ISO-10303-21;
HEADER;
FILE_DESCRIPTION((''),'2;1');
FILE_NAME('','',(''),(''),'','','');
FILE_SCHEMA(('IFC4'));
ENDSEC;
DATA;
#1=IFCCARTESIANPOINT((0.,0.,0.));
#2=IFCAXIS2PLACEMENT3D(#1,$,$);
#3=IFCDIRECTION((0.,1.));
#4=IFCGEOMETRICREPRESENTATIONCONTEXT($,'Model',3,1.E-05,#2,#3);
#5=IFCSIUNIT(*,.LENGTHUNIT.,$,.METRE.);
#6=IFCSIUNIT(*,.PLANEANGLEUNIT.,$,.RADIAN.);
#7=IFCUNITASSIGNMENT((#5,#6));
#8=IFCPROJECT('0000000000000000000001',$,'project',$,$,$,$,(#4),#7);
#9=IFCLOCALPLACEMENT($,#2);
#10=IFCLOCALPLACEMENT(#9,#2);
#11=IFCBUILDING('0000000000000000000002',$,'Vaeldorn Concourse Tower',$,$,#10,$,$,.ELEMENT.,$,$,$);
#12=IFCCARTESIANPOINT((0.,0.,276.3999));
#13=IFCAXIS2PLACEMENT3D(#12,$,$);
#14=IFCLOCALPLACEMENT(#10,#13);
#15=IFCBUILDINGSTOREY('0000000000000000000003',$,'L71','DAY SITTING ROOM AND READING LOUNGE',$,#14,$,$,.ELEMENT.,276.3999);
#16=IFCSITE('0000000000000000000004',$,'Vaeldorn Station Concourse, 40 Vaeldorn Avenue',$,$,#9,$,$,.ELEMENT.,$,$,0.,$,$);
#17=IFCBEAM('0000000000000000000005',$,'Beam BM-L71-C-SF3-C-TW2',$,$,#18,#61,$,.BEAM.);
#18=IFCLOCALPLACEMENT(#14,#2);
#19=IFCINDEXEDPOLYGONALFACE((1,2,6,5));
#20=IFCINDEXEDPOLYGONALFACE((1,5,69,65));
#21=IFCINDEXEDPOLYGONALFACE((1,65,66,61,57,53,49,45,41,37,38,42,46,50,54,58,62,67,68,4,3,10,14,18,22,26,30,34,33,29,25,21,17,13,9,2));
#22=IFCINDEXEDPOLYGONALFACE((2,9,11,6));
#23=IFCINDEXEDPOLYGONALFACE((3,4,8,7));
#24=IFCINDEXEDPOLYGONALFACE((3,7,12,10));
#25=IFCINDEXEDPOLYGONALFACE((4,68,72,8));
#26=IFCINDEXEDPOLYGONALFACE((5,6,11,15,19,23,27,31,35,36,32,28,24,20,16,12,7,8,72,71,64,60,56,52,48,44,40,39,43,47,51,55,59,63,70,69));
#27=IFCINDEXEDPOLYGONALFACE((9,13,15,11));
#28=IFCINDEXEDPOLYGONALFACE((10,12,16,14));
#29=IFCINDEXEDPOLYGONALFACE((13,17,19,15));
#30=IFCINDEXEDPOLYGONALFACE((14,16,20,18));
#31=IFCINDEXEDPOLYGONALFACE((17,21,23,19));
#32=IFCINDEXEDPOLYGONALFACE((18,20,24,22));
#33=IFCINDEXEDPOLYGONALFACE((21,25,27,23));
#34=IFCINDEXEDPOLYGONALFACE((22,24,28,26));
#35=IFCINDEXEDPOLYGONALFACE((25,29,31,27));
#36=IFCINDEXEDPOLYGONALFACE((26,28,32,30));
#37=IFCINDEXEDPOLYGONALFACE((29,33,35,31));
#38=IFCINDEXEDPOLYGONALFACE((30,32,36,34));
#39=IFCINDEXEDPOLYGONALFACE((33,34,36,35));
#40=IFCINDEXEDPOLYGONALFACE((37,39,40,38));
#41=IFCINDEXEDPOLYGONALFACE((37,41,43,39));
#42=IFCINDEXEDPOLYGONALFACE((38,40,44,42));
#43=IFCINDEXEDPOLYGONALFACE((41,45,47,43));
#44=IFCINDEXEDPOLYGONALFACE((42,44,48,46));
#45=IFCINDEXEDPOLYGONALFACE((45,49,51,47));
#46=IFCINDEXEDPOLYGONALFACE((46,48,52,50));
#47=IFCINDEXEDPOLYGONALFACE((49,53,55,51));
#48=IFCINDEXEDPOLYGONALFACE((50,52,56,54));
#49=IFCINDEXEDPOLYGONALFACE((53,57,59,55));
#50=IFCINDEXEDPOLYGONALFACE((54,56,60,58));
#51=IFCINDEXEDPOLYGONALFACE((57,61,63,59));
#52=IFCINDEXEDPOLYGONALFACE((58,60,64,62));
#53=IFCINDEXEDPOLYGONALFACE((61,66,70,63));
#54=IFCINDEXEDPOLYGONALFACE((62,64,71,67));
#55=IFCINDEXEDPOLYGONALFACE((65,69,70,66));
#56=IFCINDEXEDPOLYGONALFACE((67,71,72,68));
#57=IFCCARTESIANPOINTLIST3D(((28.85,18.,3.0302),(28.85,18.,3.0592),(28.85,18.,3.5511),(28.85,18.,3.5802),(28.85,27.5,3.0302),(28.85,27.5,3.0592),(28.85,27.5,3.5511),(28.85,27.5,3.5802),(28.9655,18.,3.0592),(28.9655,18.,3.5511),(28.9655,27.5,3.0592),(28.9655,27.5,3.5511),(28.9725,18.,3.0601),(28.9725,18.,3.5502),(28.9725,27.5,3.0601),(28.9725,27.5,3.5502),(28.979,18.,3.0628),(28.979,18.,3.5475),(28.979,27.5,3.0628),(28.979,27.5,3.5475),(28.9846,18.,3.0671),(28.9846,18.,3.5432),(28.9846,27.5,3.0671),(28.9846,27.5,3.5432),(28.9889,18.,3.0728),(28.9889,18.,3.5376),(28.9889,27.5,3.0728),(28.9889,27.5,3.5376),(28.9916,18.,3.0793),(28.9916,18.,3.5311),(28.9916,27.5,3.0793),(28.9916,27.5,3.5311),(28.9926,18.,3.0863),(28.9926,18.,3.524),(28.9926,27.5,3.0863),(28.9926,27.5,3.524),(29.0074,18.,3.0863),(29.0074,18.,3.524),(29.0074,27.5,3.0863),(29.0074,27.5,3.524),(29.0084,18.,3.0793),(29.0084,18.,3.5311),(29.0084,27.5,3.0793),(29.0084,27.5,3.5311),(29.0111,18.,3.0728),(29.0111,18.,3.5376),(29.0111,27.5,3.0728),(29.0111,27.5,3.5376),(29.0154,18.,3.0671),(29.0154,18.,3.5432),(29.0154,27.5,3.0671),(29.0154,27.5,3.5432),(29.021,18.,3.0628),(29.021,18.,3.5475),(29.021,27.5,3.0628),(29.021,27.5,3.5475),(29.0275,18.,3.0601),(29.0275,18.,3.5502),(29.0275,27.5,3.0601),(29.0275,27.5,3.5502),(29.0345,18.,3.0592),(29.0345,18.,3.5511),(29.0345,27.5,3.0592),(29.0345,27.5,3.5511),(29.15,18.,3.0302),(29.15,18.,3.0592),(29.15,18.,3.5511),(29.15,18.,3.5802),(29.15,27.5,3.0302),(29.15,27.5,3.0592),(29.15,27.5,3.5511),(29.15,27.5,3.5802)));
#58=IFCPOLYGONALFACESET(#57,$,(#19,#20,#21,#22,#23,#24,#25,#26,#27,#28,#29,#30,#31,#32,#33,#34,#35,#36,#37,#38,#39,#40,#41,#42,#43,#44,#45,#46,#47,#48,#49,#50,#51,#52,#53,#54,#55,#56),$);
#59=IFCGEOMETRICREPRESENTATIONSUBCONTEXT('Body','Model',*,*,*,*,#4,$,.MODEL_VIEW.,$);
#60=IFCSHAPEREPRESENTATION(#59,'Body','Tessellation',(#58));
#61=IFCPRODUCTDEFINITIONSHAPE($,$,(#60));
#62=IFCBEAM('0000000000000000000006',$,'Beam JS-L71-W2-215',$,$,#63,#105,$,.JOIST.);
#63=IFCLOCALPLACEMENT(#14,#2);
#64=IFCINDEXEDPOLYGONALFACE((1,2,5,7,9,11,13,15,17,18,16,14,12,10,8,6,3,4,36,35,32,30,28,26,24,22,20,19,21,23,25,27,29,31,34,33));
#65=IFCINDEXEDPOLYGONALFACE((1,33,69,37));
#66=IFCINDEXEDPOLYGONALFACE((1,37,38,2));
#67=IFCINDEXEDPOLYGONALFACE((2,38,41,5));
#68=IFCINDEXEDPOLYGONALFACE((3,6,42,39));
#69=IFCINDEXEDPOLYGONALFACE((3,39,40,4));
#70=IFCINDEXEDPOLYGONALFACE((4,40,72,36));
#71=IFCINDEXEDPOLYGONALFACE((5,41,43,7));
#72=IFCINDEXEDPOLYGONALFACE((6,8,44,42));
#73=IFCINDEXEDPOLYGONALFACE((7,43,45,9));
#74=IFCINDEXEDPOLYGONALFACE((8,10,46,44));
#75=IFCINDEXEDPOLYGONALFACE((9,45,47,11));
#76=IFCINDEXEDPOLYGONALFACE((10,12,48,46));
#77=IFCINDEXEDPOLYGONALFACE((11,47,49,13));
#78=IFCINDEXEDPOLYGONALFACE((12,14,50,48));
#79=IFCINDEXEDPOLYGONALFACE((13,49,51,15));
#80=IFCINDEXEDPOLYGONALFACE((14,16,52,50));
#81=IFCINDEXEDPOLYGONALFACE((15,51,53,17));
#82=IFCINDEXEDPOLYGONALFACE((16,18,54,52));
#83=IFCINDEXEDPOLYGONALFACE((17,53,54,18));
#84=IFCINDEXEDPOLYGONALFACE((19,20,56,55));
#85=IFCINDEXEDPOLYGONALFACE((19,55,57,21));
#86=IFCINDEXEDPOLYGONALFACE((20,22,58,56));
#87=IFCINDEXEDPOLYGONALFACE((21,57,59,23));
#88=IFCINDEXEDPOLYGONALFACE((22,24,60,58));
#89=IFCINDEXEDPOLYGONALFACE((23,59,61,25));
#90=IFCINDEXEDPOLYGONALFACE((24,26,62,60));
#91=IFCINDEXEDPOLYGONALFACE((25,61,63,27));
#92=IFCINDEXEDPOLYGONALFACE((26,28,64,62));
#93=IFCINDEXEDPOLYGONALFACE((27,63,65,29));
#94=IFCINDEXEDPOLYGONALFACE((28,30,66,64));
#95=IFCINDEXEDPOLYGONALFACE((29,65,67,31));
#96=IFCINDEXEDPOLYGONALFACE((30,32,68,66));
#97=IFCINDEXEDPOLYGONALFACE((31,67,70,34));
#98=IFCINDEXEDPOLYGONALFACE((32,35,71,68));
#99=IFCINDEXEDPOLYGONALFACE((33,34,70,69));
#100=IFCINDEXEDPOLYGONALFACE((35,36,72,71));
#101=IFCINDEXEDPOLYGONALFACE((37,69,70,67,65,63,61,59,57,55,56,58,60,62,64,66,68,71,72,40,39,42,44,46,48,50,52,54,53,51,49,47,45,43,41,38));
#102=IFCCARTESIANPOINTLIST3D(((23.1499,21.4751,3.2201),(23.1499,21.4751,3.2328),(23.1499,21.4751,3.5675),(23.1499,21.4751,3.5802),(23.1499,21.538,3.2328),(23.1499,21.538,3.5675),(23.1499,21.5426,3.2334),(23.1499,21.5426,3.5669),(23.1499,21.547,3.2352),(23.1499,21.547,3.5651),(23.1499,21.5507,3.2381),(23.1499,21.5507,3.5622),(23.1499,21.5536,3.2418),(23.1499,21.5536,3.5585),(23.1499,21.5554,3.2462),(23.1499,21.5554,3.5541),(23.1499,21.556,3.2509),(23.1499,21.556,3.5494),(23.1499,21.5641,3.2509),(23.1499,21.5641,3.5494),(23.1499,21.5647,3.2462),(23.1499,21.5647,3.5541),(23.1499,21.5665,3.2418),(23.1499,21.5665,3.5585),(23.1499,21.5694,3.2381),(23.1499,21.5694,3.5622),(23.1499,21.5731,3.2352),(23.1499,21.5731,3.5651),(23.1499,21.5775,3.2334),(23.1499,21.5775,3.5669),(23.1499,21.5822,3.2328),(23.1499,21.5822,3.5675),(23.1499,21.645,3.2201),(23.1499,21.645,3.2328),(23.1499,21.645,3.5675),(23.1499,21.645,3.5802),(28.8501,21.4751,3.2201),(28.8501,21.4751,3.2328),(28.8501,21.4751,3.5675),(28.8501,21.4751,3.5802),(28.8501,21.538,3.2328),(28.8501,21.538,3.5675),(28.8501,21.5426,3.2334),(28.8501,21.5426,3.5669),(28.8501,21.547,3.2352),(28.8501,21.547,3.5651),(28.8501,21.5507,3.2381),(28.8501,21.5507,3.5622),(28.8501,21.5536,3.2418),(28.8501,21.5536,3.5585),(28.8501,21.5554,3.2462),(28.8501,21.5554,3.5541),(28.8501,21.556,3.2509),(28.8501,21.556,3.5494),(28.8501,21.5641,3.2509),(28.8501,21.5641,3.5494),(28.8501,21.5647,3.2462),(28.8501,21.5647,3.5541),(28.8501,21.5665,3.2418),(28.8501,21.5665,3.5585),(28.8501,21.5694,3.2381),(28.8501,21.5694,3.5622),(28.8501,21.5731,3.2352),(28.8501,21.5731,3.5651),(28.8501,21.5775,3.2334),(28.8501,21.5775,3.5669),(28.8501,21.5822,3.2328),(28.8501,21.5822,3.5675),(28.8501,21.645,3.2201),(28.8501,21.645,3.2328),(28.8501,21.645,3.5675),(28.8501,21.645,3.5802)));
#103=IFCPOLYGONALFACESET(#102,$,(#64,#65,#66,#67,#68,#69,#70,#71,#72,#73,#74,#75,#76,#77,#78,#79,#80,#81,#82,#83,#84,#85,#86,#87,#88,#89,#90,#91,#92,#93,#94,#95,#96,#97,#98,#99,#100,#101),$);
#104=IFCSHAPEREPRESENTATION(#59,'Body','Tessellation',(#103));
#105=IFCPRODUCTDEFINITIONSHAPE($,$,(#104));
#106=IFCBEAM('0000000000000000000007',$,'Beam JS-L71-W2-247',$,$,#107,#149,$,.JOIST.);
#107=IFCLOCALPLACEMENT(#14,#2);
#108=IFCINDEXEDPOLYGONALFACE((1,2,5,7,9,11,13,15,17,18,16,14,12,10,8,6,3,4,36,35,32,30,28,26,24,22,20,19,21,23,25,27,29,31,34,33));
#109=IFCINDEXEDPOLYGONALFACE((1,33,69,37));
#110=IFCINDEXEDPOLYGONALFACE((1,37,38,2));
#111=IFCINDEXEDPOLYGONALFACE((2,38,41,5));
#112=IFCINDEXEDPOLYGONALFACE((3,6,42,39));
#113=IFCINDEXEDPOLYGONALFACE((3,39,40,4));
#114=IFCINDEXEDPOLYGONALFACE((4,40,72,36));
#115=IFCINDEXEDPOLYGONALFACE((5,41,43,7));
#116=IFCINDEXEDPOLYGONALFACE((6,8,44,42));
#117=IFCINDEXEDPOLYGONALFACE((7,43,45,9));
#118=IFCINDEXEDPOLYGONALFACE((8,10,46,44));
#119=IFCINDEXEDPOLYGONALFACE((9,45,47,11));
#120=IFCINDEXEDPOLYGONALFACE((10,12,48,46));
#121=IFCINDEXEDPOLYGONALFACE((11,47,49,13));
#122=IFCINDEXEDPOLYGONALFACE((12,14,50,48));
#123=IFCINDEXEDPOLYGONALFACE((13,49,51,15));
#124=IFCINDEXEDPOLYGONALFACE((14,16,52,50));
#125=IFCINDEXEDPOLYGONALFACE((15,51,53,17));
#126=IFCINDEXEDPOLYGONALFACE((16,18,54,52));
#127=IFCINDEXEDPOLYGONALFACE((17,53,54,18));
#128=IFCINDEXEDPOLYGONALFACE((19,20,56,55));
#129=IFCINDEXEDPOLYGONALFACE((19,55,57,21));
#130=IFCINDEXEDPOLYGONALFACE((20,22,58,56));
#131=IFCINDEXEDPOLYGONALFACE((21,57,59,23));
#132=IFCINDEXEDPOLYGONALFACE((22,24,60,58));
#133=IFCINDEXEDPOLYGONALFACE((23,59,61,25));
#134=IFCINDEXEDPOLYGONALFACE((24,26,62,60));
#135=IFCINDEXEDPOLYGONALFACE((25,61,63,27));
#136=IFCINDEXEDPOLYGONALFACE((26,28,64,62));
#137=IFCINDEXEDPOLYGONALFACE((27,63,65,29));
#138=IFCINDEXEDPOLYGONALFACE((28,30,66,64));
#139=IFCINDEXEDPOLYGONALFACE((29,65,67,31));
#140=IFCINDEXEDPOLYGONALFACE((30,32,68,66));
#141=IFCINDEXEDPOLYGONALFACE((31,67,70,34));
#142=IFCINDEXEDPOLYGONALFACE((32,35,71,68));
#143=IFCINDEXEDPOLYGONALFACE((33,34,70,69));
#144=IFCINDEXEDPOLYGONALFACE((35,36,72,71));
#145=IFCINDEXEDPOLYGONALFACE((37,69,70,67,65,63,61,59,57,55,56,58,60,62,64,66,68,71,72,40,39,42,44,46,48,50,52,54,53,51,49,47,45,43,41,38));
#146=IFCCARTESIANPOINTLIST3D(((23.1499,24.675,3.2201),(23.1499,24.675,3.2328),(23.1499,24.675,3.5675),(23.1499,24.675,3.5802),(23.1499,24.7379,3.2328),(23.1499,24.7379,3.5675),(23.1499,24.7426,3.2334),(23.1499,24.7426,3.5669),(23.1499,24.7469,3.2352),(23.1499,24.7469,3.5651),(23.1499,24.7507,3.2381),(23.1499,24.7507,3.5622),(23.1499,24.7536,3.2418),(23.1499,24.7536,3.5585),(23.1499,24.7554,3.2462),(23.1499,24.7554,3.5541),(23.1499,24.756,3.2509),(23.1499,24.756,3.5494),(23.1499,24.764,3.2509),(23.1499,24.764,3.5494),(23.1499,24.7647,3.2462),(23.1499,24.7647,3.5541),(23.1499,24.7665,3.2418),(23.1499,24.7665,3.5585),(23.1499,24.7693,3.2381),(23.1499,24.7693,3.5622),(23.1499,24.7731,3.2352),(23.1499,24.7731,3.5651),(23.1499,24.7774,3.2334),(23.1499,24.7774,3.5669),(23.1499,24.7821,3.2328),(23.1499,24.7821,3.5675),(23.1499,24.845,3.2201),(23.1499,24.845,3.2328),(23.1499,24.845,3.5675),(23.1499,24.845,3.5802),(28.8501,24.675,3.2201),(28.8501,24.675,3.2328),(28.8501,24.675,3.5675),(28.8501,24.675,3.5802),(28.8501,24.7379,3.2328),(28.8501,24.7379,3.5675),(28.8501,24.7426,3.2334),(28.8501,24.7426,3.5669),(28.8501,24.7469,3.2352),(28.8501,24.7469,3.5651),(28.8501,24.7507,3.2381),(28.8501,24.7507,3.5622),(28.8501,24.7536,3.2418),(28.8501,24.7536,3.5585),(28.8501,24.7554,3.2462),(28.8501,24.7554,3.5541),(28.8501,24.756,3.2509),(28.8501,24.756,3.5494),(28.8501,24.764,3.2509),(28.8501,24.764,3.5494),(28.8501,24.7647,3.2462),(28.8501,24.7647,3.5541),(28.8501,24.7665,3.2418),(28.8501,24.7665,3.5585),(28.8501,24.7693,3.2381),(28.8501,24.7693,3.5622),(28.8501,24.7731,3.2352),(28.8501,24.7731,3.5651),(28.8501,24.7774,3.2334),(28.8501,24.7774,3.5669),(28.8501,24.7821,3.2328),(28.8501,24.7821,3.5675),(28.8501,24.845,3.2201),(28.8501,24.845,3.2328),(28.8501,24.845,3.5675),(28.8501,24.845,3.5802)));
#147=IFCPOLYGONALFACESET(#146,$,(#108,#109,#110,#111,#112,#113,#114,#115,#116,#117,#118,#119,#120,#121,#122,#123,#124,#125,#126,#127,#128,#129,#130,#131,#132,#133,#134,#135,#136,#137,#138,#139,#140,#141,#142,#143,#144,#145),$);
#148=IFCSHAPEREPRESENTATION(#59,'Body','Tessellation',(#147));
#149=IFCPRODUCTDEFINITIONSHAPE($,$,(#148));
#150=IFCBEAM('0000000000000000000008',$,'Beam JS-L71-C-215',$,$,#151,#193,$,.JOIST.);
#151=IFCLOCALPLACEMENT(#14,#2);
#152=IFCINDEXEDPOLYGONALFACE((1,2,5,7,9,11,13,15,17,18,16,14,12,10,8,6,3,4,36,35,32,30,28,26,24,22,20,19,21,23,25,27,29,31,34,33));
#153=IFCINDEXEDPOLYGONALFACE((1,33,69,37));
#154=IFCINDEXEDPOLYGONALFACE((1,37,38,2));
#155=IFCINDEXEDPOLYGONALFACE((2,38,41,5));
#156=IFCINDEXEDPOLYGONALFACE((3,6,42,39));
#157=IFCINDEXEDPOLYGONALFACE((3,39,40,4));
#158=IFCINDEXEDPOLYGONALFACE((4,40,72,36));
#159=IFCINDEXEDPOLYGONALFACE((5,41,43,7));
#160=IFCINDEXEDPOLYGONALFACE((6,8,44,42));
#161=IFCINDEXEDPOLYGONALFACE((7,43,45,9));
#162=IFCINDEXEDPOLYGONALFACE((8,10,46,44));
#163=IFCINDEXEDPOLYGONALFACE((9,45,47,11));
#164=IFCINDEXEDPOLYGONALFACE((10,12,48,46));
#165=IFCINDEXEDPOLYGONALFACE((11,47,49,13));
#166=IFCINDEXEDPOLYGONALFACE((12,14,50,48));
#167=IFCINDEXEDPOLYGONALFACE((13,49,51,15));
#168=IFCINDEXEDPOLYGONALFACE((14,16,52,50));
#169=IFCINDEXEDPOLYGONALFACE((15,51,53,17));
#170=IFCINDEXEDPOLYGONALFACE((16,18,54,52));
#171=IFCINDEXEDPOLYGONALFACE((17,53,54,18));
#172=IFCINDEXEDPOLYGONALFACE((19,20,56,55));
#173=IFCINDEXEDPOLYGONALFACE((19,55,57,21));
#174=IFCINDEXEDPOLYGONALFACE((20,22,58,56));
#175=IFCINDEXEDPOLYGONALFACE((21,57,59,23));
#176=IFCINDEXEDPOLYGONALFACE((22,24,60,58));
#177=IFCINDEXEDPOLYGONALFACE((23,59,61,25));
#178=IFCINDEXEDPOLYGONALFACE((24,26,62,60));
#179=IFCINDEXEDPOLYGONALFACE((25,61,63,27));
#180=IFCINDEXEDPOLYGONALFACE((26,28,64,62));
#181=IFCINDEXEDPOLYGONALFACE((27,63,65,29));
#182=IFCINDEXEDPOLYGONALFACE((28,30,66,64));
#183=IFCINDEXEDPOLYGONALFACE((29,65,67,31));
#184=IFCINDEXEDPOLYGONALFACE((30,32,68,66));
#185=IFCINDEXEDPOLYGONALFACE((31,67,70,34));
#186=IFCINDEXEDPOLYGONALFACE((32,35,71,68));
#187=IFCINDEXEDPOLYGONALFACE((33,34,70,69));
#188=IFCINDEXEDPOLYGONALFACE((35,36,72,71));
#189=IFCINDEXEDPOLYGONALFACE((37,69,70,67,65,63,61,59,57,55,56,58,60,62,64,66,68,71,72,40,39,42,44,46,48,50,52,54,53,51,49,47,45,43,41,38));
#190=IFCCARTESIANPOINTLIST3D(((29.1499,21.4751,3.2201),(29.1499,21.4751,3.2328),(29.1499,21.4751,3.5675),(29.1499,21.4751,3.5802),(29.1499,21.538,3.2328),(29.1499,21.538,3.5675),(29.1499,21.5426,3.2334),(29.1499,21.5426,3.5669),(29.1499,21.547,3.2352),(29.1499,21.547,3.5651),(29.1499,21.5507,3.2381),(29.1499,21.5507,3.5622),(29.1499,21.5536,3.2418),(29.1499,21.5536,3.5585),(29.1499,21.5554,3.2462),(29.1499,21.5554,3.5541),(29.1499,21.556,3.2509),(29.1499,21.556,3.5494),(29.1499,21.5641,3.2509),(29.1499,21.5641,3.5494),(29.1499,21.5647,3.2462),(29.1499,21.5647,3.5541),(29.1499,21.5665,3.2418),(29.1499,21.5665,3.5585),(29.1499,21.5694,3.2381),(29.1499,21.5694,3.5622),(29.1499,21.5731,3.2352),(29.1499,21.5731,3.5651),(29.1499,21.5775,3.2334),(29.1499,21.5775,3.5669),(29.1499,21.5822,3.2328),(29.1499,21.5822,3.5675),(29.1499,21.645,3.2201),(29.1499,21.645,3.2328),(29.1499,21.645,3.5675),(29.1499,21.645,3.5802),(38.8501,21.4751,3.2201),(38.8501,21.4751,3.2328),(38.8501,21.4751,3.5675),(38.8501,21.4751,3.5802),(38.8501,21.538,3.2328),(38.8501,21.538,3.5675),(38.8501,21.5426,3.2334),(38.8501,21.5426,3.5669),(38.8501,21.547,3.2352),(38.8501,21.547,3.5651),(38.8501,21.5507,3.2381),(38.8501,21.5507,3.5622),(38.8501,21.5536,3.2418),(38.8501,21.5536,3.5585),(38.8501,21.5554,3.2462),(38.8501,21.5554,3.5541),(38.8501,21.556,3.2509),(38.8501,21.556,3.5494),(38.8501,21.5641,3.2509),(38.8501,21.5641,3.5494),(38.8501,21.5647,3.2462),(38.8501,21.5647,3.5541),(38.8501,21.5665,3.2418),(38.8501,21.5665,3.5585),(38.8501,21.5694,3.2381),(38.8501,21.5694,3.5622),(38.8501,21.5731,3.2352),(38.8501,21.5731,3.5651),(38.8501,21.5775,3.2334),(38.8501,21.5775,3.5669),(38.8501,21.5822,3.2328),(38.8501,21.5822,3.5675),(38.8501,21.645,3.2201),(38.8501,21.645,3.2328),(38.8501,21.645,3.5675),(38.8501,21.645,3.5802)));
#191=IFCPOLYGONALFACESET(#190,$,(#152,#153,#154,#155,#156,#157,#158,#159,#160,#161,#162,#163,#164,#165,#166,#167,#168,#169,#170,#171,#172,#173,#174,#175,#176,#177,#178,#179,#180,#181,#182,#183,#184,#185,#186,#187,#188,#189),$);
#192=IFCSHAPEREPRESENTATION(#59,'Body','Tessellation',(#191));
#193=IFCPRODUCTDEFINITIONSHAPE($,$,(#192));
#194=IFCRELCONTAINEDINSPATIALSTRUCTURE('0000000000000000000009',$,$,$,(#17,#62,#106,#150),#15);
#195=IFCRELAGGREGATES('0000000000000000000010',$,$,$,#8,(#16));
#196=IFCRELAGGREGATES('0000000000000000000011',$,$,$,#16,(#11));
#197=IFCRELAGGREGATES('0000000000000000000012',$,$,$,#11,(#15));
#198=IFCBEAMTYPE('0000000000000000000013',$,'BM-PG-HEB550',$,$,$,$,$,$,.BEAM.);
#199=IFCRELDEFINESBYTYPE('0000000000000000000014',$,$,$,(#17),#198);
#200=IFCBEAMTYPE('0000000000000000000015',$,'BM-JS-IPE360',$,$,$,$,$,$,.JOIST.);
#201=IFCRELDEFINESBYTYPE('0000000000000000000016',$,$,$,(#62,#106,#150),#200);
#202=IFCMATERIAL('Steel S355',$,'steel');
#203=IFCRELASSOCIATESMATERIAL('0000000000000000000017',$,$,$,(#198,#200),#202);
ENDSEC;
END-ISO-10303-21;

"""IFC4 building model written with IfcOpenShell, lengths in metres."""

from ifc_helpers import new_model, si_unit, direction, frame, origin, origin_2d, place, context, subcontext, project, spatial, i_section, extrude, source, transform, mapped, material, material_profile, profile_set, type_object, element, save


model = new_model("IFC4")

# Units and contexts
model_context = context("Model", 3, precision=1e-05, world=origin(), true_north=direction((0.0, 1.0)))
body_context = subcontext(model_context, "Body", "Model", "MODEL_VIEW")
ifc_project = project(units=[si_unit("LENGTHUNIT", "METRE"), si_unit("PLANEANGLEUNIT", "RADIAN")], contexts=[model_context])

# Site, building, storey
site_placement = place(None, origin())
site = spatial("IfcSite", under=ifc_project, at=site_placement, Name="Vaeldorn Station Concourse, 40 Vaeldorn Avenue", CompositionType="ELEMENT", RefElevation=0.0)
building_placement = place(site_placement, origin())
building = spatial("IfcBuilding", under=site, at=building_placement, Name="Vaeldorn Concourse Tower", CompositionType="ELEMENT")
storey_placement = place(building_placement, frame((0.0, 0.0, 276.3999)))
storey = spatial("IfcBuildingStorey", under=building, at=storey_placement, Name="L71", Description="DAY SITTING ROOM AND READING LOUNGE", CompositionType="ELEMENT", Elevation=276.3999)

# Shared definitions
ifc_material_1 = material(Name="Steel S355", Category="steel")

# Beams
ifc_material_profile_1 = material_profile(ifc_material_1, i_section(OverallWidth=0.3, OverallDepth=0.55, WebThickness=0.0149, FlangeThickness=0.0291, FilletRadius=0.0271, at=origin_2d()), Name="HEB 550")
ifc_profile_set_1 = profile_set([ifc_material_profile_1], Name="Steel S355")
beam_type_1 = type_object("IfcBeamType", Name="BM-PG-HEB550", PredefinedType="BEAM", material=ifc_profile_set_1)
shared_shape_1 = source(origin(), body_context, "Body", "SweptSolid", [
    extrude(i_section(OverallWidth=0.3, OverallDepth=0.55, WebThickness=0.0149, FlangeThickness=0.0291, FilletRadius=0.0271, at=origin_2d()), origin(), (0.0, 0.0, 1.0), 9.5),
])
beam_1_placement = place(storey_placement, frame((29.0, 18.0, 3.3052), z_axis=(0.0, 1.0, 0.0), x_axis=(-1.0, 0.0, 0.0)))
element("IfcBeam", 1, at=beam_1_placement, inside=storey, type_object=beam_type_1, Name="Beam BM-L71-C-SF3-C-TW2", PredefinedType="BEAM", context=body_context, shape_type="MappedRepresentation", body=[
    mapped(shared_shape_1, transform((0.0, 0.0, 0.0), scale=1.0)),
])
ifc_material_profile_2 = material_profile(ifc_material_1, i_section(OverallWidth=0.1699, OverallDepth=0.3601, WebThickness=0.0081, FlangeThickness=0.0127, FilletRadius=0.0181, at=origin_2d()), Name="IPE 360")
ifc_profile_set_2 = profile_set([ifc_material_profile_2], Name="Steel S355")
beam_type_2 = type_object("IfcBeamType", Name="BM-JS-IPE360", PredefinedType="JOIST", material=ifc_profile_set_2)
shared_shape_2 = source(origin(), body_context, "Body", "SweptSolid", [
    extrude(i_section(OverallWidth=0.1699, OverallDepth=0.3601, WebThickness=0.0081, FlangeThickness=0.0127, FilletRadius=0.0181, at=origin_2d()), origin(), (0.0, 0.0, 1.0), 5.7002),
])
for number, where, z_axis, x_axis, name in (
    (2, (23.1499, 21.5601, 3.4001), (1.0, 0.0, 0.0), (0.0, 1.0, 0.0), "Beam JS-L71-W2-215"),
    (3, (23.1499, 24.76, 3.4001), (1.0, 0.0, 0.0), (0.0, 1.0, 0.0), "Beam JS-L71-W2-247"),
):
    element("IfcBeam", number, at=place(storey_placement, frame(where, z_axis=z_axis, x_axis=x_axis)), inside=storey, type_object=beam_type_2, Name=name, PredefinedType="JOIST", context=body_context, shape_type="MappedRepresentation", body=[
        mapped(shared_shape_2, transform((0.0, 0.0, 0.0), scale=1.0)),
    ])
shared_shape_3 = source(origin(), body_context, "Body", "SweptSolid", [
    extrude(i_section(OverallWidth=0.1699, OverallDepth=0.3601, WebThickness=0.0081, FlangeThickness=0.0127, FilletRadius=0.0181, at=origin_2d()), origin(), (0.0, 0.0, 1.0), 9.7002),
])
for number, where, z_axis, x_axis, name in (
    (4, (29.1499, 21.5601, 3.4001), (1.0, 0.0, 0.0), (0.0, 1.0, 0.0), "Beam JS-L71-C-215"),
):
    element("IfcBeam", number, at=place(storey_placement, frame(where, z_axis=z_axis, x_axis=x_axis)), inside=storey, type_object=beam_type_2, Name=name, PredefinedType="JOIST", context=body_context, shape_type="MappedRepresentation", body=[
        mapped(shared_shape_3, transform((0.0, 0.0, 0.0), scale=1.0)),
    ])

save(model, "model.ifc")
